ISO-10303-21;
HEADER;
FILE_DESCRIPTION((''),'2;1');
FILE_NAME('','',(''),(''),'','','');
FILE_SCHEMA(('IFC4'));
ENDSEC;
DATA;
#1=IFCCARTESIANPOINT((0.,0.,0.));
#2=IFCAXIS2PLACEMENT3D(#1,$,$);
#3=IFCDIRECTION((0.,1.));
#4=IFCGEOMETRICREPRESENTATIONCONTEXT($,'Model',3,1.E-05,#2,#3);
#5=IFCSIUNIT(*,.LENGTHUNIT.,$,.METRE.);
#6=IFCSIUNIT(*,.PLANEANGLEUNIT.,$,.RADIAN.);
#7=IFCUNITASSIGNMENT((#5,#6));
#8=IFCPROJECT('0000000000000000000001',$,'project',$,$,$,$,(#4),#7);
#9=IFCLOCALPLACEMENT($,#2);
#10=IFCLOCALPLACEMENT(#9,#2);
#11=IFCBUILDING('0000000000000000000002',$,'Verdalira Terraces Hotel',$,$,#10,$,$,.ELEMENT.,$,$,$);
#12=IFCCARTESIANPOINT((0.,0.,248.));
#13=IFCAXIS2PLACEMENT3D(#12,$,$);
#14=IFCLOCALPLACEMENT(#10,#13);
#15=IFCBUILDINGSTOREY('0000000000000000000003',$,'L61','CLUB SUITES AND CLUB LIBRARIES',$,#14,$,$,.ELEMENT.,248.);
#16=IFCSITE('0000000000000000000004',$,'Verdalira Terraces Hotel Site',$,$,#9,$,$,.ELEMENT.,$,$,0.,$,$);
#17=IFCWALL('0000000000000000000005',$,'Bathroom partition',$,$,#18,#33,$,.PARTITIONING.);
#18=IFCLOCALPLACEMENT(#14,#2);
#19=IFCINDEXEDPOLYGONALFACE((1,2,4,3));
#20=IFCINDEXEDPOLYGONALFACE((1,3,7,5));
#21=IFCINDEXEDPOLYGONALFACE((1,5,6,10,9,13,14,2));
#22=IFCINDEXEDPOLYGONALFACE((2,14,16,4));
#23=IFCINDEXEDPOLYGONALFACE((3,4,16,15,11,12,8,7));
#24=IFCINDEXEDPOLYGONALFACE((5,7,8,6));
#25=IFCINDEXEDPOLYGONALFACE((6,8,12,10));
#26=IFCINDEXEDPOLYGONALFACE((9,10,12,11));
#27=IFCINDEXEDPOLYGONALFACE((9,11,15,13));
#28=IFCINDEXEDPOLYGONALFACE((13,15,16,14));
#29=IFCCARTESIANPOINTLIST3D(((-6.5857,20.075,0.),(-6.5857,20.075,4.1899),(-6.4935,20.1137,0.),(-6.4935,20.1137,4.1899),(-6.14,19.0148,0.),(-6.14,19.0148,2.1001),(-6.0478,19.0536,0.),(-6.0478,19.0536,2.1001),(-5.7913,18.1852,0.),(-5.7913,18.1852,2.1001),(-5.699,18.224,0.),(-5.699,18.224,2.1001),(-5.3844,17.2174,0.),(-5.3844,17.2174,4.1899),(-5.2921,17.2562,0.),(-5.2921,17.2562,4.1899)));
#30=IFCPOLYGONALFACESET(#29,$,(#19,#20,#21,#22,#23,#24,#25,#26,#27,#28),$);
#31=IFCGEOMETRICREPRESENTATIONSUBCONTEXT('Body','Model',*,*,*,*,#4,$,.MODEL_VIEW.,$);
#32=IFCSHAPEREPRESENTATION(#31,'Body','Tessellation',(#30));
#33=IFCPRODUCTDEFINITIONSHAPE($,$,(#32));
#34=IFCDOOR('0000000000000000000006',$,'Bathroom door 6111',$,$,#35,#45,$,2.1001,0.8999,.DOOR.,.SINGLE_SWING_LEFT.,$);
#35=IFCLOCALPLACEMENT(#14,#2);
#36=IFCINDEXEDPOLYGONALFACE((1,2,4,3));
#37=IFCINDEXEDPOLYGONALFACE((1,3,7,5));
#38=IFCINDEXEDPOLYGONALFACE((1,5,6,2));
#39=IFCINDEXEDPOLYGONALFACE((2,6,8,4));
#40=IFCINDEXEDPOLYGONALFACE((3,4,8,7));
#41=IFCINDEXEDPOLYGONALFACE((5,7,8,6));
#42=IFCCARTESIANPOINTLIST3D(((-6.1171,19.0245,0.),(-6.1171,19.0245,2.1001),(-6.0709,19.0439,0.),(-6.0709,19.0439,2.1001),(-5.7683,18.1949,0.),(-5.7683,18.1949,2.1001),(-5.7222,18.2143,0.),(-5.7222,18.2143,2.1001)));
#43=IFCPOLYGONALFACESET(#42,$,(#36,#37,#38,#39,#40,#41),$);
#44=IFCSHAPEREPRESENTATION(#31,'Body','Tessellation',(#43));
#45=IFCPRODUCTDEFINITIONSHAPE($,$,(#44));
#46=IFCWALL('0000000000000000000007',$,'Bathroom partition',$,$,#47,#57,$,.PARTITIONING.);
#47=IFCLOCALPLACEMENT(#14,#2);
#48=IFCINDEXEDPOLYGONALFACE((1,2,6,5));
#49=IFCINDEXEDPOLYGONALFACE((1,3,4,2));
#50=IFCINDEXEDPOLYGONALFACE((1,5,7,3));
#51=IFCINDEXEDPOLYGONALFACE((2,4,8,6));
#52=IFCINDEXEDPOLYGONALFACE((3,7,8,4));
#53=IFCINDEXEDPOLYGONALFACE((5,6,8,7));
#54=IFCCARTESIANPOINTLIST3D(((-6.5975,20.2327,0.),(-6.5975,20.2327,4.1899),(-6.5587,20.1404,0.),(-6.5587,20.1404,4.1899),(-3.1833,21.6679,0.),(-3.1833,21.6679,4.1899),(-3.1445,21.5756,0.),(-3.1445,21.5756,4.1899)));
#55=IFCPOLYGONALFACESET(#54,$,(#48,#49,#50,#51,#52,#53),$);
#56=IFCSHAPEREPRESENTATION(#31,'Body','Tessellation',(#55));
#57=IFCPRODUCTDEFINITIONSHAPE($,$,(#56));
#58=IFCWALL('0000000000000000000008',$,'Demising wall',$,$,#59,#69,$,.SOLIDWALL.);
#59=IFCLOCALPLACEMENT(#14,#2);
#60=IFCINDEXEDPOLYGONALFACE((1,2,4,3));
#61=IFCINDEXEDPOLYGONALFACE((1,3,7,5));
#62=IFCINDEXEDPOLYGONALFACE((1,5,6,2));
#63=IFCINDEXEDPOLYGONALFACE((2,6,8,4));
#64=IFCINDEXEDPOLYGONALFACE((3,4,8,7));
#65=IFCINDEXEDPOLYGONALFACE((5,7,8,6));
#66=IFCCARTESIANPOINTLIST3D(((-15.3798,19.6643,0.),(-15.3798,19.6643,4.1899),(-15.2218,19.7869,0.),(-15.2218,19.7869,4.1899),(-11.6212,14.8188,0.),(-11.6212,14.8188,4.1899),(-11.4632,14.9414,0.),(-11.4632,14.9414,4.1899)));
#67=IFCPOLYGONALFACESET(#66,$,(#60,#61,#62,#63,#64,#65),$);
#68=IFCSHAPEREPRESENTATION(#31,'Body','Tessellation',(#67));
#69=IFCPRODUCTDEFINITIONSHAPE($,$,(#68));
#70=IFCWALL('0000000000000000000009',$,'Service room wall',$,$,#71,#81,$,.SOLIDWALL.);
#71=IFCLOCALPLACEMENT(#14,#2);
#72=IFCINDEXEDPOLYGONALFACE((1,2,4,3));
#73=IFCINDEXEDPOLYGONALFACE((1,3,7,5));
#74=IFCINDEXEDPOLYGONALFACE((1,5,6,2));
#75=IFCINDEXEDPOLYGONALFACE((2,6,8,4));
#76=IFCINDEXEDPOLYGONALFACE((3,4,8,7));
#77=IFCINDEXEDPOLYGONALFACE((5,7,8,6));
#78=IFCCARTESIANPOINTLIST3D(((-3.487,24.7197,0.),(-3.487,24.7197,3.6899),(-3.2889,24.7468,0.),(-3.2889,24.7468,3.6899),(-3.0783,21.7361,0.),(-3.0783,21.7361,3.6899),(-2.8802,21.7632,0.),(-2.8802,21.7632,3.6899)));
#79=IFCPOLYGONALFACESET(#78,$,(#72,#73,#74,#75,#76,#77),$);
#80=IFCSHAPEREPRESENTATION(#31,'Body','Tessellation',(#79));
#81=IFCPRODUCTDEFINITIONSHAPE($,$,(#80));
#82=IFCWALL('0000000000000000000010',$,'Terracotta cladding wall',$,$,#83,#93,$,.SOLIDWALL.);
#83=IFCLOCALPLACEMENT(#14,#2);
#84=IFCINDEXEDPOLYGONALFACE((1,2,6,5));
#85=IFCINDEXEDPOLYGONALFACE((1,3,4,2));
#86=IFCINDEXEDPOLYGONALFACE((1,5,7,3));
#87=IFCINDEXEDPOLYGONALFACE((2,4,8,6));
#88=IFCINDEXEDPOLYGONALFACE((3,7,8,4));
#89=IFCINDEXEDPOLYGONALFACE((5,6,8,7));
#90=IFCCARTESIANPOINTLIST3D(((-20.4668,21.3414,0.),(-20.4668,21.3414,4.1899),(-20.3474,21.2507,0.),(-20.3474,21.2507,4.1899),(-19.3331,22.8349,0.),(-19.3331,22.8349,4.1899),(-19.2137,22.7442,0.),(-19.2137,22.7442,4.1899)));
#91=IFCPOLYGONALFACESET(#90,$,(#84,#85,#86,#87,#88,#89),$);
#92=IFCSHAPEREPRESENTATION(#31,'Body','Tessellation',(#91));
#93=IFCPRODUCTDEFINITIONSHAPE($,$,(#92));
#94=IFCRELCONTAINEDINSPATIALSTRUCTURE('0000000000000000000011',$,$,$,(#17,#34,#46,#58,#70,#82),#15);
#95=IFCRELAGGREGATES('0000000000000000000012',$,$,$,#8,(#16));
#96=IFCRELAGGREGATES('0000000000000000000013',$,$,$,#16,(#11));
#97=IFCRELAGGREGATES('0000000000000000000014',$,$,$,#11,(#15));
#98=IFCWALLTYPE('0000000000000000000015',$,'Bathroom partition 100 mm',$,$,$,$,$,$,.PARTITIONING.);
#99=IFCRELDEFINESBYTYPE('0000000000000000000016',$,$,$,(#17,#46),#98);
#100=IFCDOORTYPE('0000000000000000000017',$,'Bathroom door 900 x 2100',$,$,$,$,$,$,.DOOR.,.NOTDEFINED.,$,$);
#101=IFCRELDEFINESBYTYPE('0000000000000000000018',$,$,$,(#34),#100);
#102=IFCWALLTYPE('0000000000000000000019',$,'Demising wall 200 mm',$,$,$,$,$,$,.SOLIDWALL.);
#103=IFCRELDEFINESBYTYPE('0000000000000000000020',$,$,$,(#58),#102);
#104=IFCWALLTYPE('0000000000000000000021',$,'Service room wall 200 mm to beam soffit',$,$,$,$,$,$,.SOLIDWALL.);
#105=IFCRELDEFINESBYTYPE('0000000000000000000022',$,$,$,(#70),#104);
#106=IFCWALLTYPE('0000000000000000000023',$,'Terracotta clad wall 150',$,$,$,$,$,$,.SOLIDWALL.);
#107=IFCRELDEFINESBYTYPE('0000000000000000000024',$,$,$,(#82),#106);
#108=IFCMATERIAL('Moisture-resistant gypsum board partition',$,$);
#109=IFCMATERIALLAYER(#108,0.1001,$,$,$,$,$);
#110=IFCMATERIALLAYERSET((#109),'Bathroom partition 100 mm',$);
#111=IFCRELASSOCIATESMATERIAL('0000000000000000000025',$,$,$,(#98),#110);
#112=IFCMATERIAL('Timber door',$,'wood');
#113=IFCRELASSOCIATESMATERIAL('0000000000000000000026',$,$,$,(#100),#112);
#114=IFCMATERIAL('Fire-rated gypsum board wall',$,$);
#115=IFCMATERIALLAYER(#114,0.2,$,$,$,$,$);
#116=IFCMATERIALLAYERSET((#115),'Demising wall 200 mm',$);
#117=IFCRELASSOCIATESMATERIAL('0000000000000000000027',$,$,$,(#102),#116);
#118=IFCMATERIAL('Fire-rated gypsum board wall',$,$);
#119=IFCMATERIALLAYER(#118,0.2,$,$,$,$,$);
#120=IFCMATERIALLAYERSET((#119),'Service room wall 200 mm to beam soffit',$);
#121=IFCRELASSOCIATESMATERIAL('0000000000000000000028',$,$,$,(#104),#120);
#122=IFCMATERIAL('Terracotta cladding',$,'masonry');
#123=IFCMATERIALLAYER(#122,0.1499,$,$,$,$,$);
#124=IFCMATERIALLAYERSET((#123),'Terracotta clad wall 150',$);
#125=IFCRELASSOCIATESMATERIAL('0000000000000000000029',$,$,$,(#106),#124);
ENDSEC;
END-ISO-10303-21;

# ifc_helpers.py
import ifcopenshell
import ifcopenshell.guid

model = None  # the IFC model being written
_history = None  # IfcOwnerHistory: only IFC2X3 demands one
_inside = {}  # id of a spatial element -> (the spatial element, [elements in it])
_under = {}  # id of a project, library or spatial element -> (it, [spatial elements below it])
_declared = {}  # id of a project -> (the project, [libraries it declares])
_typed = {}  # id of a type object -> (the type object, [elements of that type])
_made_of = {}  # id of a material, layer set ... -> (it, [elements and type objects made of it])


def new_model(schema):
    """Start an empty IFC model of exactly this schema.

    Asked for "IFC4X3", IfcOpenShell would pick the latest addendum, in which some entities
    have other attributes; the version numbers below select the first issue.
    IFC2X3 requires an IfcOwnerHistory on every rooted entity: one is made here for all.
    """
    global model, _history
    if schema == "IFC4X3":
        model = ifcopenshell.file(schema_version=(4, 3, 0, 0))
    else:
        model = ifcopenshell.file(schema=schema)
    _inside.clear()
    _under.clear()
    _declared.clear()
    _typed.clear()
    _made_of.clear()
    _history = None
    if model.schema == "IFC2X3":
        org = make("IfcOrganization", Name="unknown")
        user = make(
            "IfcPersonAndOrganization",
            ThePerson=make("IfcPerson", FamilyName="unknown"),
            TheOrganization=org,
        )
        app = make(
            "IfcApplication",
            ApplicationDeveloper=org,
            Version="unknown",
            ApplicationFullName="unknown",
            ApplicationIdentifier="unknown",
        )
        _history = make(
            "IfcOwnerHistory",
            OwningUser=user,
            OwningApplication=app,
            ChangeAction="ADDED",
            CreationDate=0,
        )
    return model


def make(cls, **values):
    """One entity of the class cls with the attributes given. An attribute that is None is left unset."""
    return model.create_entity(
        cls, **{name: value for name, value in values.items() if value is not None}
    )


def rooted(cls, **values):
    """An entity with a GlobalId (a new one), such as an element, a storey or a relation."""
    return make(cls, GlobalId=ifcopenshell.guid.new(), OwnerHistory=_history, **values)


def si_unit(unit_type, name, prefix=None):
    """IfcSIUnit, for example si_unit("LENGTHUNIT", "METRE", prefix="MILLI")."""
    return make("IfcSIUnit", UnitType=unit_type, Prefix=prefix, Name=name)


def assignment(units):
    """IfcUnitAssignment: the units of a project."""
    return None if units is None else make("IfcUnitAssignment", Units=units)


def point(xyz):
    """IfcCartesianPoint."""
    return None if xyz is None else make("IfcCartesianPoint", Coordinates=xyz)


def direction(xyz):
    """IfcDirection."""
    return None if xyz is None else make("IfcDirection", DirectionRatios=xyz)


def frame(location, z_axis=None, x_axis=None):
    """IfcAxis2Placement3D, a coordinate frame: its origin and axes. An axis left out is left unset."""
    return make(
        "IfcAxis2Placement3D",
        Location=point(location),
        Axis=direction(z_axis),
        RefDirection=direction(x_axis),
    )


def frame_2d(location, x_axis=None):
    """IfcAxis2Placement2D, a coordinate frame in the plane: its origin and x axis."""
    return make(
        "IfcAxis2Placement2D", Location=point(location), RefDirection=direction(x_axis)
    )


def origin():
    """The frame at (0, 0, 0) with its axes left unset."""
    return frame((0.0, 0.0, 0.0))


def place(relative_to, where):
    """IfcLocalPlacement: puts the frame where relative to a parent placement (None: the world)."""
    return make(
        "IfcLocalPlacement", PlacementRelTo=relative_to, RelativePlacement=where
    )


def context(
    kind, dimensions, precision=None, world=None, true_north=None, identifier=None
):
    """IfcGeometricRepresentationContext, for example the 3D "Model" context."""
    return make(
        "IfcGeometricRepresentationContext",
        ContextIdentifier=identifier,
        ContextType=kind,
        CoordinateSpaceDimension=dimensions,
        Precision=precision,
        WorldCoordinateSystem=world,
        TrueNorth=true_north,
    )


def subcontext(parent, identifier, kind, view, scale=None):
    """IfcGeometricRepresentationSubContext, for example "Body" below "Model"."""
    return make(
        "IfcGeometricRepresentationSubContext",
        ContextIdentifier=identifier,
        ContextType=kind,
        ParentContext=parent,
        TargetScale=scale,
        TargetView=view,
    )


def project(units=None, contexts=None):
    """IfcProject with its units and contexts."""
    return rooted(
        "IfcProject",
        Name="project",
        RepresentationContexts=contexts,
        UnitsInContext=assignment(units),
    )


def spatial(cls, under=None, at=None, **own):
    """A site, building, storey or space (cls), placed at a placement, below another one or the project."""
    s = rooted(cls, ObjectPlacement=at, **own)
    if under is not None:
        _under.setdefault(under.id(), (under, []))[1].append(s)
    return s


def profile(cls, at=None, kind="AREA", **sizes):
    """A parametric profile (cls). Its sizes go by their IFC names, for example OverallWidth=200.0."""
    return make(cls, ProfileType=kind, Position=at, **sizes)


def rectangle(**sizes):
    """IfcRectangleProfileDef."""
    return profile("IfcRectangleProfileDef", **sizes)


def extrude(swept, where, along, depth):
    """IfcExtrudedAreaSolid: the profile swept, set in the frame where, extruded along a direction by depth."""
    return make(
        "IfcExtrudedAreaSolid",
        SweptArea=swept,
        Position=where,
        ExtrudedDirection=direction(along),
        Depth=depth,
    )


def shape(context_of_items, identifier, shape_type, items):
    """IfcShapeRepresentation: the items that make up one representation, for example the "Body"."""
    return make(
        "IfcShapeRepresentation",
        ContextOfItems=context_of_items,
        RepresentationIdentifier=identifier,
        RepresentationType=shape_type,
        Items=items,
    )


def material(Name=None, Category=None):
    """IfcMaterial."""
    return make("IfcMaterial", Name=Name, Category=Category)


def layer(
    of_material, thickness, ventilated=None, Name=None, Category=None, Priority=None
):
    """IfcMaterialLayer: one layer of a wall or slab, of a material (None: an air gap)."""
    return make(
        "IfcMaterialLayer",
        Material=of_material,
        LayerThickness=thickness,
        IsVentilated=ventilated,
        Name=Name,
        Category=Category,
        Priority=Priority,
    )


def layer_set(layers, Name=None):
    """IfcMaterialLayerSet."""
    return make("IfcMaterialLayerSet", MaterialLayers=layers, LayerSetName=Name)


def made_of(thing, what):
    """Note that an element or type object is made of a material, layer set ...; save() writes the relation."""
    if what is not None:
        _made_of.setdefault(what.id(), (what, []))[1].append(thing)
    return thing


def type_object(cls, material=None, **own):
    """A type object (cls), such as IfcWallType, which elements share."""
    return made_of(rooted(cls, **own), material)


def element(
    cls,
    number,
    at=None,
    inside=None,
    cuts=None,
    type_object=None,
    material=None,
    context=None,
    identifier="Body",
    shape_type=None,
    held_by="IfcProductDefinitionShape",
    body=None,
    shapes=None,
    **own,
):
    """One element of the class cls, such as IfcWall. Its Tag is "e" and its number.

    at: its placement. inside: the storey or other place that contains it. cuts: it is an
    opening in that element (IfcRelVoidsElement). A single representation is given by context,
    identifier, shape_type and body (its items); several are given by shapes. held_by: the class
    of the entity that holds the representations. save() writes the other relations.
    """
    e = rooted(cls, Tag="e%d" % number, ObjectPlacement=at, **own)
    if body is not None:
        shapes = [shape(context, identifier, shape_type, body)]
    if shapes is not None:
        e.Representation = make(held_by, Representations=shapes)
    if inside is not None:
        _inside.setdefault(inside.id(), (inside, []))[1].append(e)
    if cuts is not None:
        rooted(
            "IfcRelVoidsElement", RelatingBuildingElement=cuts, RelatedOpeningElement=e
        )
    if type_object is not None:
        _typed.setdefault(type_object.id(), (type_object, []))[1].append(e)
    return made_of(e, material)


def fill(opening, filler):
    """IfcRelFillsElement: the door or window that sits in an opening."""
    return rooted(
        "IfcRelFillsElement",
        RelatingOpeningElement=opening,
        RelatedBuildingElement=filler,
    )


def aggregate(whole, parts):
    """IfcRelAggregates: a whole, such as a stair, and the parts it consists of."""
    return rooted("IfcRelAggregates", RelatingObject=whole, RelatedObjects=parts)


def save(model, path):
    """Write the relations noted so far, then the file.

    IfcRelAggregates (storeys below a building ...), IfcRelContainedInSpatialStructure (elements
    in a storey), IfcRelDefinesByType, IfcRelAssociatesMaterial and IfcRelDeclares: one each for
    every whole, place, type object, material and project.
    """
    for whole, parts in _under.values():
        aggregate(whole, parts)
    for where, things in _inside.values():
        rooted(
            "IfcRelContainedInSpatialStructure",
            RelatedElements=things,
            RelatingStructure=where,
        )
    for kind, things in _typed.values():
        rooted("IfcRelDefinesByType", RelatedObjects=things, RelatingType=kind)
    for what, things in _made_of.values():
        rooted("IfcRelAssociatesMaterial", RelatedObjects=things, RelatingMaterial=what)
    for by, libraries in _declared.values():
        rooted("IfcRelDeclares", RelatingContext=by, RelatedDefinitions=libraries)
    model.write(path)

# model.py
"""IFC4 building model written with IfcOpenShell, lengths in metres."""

from ifc_helpers import new_model, si_unit, direction, frame, frame_2d, origin, place, context, subcontext, project, spatial, rectangle, extrude, material, layer, layer_set, type_object, element, fill, save


model = new_model("IFC4")

# Units and contexts
model_context = context("Model", 3, precision=1e-05, world=origin(), true_north=direction((0.0, 1.0)))
body_context = subcontext(model_context, "Body", "Model", "MODEL_VIEW")
ifc_project = project(units=[si_unit("LENGTHUNIT", "METRE"), si_unit("PLANEANGLEUNIT", "RADIAN")], contexts=[model_context])

# Site, building, storey
site_placement = place(None, origin())
site = spatial("IfcSite", under=ifc_project, at=site_placement, Name="Verdalira Terraces Hotel Site", CompositionType="ELEMENT", RefElevation=0.0)
building_placement = place(site_placement, origin())
building = spatial("IfcBuilding", under=site, at=building_placement, Name="Verdalira Terraces Hotel", CompositionType="ELEMENT")
storey_placement = place(building_placement, frame((0.0, 0.0, 248.0)))
storey = spatial("IfcBuildingStorey", under=building, at=storey_placement, Name="L61", Description="CLUB SUITES AND CLUB LIBRARIES", CompositionType="ELEMENT", Elevation=248.0)

# Wall, opening, door
ifc_material_1 = material(Name="Moisture-resistant gypsum board partition")
ifc_layer_1 = layer(ifc_material_1, 0.1001)
ifc_layer_set_1 = layer_set([ifc_layer_1], Name="Bathroom partition 100 mm")
wall_type_1 = type_object("IfcWallType", Name="Bathroom partition 100 mm", PredefinedType="PARTITIONING", material=ifc_layer_set_1)
wall_1_placement = place(storey_placement, frame((-6.5396, 20.0942, 0.0), z_axis=(0.0, 0.0, 1.0), x_axis=(0.38756, -0.921844, 0.0)))
wall_1 = element("IfcWall", 1, at=wall_1_placement, inside=storey, type_object=wall_type_1, Name="Bathroom partition", PredefinedType="PARTITIONING", context=body_context, shape_type="SweptSolid", body=[
    extrude(rectangle(XDim=3.0999, YDim=0.1001, at=frame_2d((1.5498, 0.0))), origin(), (0.0, 0.0, 1.0), 4.1899),
])
opening_placement = place(wall_1_placement, frame((1.1499, 0.0, 0.0)))
opening = element("IfcOpeningElement", 2, at=opening_placement, cuts=wall_1, PredefinedType="OPENING", context=body_context, shape_type="SweptSolid", body=[
    extrude(rectangle(XDim=0.8999, YDim=2.1001, at=frame_2d((0.45, 1.05))), frame((0.0, 0.0601, 0.0), z_axis=(0.0, -1.0, 0.0), x_axis=(1.0, 0.0, 0.0)), (0.0, 0.0, 1.0), 0.1201),
])
ifc_material_2 = material(Name="Timber door", Category="wood")
door_type = type_object("IfcDoorType", Name="Bathroom door 900 x 2100", OperationType="NOTDEFINED", PredefinedType="DOOR", material=ifc_material_2)
door_placement = place(opening_placement, origin())
door = element("IfcDoor", 3, at=door_placement, inside=storey, type_object=door_type, Name="Bathroom door 6111", OperationType="SINGLE_SWING_LEFT", OverallHeight=2.1001, OverallWidth=0.8999, PredefinedType="DOOR", context=body_context, shape_type="SweptSolid", body=[
    extrude(rectangle(XDim=0.8999, YDim=2.1001, at=frame_2d((0.45, 1.05))), frame((0.0, 0.0249, 0.0), z_axis=(0.0, -1.0, 0.0), x_axis=(1.0, 0.0, 0.0)), (0.0, 0.0, 1.0), 0.05),
])
fill(opening, door)

# Walls
wall_2_placement = place(storey_placement, frame((-6.5781, 20.1865, 0.0), z_axis=(0.0, 0.0, 1.0), x_axis=(0.921857, 0.387529, 0.0)))
element("IfcWall", 4, at=wall_2_placement, inside=storey, type_object=wall_type_1, Name="Bathroom partition", PredefinedType="PARTITIONING", context=body_context, shape_type="SweptSolid", body=[
    extrude(rectangle(XDim=3.7036, YDim=0.1001, at=frame_2d((1.8518, 0.0))), origin(), (0.0, 0.0, 1.0), 4.1899),
])
ifc_material_3 = material(Name="Fire-rated gypsum board wall")
ifc_layer_2 = layer(ifc_material_3, 0.2)
ifc_layer_set_2 = layer_set([ifc_layer_2], Name="Demising wall 200 mm")
wall_type_2 = type_object("IfcWallType", Name="Demising wall 200 mm", PredefinedType="SOLIDWALL", material=ifc_layer_set_2)
wall_3_placement = place(storey_placement, frame((-15.3008, 19.7256, 0.0), z_axis=(0.0, 0.0, 1.0), x_axis=(0.612909, -0.790153, 0.0)))
element("IfcWall", 5, at=wall_3_placement, inside=storey, type_object=wall_type_2, Name="Demising wall", PredefinedType="SOLIDWALL", context=body_context, shape_type="SweptSolid", body=[
    extrude(rectangle(XDim=6.1323, YDim=0.2, at=frame_2d((3.0662, 0.0))), origin(), (0.0, 0.0, 1.0), 4.1899),
])
ifc_material_4 = material(Name="Fire-rated gypsum board wall")
ifc_layer_3 = layer(ifc_material_4, 0.2)
ifc_layer_set_3 = layer_set([ifc_layer_3], Name="Service room wall 200 mm to beam soffit")
wall_type_3 = type_object("IfcWallType", Name="Service room wall 200 mm to beam soffit", PredefinedType="SOLIDWALL", material=ifc_layer_set_3)
wall_4_placement = place(storey_placement, frame((-2.9792, 21.7495, 0.0), z_axis=(0.0, 0.0, 1.0), x_axis=(-0.13571, 0.990749, 0.0)))
element("IfcWall", 6, at=wall_4_placement, inside=storey, type_object=wall_type_3, Name="Service room wall", PredefinedType="SOLIDWALL", context=body_context, shape_type="SweptSolid", body=[
    extrude(rectangle(XDim=3.0115, YDim=0.2, at=frame_2d((1.5059, 0.0))), origin(), (0.0, 0.0, 1.0), 3.6899),
])
ifc_material_5 = material(Name="Terracotta cladding", Category="masonry")
ifc_layer_4 = layer(ifc_material_5, 0.1499)
ifc_layer_set_4 = layer_set([ifc_layer_4], Name="Terracotta clad wall 150")
wall_type_4 = type_object("IfcWallType", Name="Terracotta clad wall 150", PredefinedType="SOLIDWALL", material=ifc_layer_set_4)
wall_5_placement = place(storey_placement, frame((-19.2734, 22.7896, 0.0), z_axis=(0.0, 0.0, 1.0), x_axis=(-0.604595, -0.796533, 0.0)))
element("IfcWall", 7, at=wall_5_placement, inside=storey, type_object=wall_type_4, Name="Terracotta cladding wall", PredefinedType="SOLIDWALL", context=body_context, shape_type="SweptSolid", body=[
    extrude(rectangle(XDim=1.875, YDim=0.1499, at=frame_2d((0.9375, 0.0))), origin(), (0.0, 0.0, 1.0), 4.1899),
])

save(model, "model.ifc")
